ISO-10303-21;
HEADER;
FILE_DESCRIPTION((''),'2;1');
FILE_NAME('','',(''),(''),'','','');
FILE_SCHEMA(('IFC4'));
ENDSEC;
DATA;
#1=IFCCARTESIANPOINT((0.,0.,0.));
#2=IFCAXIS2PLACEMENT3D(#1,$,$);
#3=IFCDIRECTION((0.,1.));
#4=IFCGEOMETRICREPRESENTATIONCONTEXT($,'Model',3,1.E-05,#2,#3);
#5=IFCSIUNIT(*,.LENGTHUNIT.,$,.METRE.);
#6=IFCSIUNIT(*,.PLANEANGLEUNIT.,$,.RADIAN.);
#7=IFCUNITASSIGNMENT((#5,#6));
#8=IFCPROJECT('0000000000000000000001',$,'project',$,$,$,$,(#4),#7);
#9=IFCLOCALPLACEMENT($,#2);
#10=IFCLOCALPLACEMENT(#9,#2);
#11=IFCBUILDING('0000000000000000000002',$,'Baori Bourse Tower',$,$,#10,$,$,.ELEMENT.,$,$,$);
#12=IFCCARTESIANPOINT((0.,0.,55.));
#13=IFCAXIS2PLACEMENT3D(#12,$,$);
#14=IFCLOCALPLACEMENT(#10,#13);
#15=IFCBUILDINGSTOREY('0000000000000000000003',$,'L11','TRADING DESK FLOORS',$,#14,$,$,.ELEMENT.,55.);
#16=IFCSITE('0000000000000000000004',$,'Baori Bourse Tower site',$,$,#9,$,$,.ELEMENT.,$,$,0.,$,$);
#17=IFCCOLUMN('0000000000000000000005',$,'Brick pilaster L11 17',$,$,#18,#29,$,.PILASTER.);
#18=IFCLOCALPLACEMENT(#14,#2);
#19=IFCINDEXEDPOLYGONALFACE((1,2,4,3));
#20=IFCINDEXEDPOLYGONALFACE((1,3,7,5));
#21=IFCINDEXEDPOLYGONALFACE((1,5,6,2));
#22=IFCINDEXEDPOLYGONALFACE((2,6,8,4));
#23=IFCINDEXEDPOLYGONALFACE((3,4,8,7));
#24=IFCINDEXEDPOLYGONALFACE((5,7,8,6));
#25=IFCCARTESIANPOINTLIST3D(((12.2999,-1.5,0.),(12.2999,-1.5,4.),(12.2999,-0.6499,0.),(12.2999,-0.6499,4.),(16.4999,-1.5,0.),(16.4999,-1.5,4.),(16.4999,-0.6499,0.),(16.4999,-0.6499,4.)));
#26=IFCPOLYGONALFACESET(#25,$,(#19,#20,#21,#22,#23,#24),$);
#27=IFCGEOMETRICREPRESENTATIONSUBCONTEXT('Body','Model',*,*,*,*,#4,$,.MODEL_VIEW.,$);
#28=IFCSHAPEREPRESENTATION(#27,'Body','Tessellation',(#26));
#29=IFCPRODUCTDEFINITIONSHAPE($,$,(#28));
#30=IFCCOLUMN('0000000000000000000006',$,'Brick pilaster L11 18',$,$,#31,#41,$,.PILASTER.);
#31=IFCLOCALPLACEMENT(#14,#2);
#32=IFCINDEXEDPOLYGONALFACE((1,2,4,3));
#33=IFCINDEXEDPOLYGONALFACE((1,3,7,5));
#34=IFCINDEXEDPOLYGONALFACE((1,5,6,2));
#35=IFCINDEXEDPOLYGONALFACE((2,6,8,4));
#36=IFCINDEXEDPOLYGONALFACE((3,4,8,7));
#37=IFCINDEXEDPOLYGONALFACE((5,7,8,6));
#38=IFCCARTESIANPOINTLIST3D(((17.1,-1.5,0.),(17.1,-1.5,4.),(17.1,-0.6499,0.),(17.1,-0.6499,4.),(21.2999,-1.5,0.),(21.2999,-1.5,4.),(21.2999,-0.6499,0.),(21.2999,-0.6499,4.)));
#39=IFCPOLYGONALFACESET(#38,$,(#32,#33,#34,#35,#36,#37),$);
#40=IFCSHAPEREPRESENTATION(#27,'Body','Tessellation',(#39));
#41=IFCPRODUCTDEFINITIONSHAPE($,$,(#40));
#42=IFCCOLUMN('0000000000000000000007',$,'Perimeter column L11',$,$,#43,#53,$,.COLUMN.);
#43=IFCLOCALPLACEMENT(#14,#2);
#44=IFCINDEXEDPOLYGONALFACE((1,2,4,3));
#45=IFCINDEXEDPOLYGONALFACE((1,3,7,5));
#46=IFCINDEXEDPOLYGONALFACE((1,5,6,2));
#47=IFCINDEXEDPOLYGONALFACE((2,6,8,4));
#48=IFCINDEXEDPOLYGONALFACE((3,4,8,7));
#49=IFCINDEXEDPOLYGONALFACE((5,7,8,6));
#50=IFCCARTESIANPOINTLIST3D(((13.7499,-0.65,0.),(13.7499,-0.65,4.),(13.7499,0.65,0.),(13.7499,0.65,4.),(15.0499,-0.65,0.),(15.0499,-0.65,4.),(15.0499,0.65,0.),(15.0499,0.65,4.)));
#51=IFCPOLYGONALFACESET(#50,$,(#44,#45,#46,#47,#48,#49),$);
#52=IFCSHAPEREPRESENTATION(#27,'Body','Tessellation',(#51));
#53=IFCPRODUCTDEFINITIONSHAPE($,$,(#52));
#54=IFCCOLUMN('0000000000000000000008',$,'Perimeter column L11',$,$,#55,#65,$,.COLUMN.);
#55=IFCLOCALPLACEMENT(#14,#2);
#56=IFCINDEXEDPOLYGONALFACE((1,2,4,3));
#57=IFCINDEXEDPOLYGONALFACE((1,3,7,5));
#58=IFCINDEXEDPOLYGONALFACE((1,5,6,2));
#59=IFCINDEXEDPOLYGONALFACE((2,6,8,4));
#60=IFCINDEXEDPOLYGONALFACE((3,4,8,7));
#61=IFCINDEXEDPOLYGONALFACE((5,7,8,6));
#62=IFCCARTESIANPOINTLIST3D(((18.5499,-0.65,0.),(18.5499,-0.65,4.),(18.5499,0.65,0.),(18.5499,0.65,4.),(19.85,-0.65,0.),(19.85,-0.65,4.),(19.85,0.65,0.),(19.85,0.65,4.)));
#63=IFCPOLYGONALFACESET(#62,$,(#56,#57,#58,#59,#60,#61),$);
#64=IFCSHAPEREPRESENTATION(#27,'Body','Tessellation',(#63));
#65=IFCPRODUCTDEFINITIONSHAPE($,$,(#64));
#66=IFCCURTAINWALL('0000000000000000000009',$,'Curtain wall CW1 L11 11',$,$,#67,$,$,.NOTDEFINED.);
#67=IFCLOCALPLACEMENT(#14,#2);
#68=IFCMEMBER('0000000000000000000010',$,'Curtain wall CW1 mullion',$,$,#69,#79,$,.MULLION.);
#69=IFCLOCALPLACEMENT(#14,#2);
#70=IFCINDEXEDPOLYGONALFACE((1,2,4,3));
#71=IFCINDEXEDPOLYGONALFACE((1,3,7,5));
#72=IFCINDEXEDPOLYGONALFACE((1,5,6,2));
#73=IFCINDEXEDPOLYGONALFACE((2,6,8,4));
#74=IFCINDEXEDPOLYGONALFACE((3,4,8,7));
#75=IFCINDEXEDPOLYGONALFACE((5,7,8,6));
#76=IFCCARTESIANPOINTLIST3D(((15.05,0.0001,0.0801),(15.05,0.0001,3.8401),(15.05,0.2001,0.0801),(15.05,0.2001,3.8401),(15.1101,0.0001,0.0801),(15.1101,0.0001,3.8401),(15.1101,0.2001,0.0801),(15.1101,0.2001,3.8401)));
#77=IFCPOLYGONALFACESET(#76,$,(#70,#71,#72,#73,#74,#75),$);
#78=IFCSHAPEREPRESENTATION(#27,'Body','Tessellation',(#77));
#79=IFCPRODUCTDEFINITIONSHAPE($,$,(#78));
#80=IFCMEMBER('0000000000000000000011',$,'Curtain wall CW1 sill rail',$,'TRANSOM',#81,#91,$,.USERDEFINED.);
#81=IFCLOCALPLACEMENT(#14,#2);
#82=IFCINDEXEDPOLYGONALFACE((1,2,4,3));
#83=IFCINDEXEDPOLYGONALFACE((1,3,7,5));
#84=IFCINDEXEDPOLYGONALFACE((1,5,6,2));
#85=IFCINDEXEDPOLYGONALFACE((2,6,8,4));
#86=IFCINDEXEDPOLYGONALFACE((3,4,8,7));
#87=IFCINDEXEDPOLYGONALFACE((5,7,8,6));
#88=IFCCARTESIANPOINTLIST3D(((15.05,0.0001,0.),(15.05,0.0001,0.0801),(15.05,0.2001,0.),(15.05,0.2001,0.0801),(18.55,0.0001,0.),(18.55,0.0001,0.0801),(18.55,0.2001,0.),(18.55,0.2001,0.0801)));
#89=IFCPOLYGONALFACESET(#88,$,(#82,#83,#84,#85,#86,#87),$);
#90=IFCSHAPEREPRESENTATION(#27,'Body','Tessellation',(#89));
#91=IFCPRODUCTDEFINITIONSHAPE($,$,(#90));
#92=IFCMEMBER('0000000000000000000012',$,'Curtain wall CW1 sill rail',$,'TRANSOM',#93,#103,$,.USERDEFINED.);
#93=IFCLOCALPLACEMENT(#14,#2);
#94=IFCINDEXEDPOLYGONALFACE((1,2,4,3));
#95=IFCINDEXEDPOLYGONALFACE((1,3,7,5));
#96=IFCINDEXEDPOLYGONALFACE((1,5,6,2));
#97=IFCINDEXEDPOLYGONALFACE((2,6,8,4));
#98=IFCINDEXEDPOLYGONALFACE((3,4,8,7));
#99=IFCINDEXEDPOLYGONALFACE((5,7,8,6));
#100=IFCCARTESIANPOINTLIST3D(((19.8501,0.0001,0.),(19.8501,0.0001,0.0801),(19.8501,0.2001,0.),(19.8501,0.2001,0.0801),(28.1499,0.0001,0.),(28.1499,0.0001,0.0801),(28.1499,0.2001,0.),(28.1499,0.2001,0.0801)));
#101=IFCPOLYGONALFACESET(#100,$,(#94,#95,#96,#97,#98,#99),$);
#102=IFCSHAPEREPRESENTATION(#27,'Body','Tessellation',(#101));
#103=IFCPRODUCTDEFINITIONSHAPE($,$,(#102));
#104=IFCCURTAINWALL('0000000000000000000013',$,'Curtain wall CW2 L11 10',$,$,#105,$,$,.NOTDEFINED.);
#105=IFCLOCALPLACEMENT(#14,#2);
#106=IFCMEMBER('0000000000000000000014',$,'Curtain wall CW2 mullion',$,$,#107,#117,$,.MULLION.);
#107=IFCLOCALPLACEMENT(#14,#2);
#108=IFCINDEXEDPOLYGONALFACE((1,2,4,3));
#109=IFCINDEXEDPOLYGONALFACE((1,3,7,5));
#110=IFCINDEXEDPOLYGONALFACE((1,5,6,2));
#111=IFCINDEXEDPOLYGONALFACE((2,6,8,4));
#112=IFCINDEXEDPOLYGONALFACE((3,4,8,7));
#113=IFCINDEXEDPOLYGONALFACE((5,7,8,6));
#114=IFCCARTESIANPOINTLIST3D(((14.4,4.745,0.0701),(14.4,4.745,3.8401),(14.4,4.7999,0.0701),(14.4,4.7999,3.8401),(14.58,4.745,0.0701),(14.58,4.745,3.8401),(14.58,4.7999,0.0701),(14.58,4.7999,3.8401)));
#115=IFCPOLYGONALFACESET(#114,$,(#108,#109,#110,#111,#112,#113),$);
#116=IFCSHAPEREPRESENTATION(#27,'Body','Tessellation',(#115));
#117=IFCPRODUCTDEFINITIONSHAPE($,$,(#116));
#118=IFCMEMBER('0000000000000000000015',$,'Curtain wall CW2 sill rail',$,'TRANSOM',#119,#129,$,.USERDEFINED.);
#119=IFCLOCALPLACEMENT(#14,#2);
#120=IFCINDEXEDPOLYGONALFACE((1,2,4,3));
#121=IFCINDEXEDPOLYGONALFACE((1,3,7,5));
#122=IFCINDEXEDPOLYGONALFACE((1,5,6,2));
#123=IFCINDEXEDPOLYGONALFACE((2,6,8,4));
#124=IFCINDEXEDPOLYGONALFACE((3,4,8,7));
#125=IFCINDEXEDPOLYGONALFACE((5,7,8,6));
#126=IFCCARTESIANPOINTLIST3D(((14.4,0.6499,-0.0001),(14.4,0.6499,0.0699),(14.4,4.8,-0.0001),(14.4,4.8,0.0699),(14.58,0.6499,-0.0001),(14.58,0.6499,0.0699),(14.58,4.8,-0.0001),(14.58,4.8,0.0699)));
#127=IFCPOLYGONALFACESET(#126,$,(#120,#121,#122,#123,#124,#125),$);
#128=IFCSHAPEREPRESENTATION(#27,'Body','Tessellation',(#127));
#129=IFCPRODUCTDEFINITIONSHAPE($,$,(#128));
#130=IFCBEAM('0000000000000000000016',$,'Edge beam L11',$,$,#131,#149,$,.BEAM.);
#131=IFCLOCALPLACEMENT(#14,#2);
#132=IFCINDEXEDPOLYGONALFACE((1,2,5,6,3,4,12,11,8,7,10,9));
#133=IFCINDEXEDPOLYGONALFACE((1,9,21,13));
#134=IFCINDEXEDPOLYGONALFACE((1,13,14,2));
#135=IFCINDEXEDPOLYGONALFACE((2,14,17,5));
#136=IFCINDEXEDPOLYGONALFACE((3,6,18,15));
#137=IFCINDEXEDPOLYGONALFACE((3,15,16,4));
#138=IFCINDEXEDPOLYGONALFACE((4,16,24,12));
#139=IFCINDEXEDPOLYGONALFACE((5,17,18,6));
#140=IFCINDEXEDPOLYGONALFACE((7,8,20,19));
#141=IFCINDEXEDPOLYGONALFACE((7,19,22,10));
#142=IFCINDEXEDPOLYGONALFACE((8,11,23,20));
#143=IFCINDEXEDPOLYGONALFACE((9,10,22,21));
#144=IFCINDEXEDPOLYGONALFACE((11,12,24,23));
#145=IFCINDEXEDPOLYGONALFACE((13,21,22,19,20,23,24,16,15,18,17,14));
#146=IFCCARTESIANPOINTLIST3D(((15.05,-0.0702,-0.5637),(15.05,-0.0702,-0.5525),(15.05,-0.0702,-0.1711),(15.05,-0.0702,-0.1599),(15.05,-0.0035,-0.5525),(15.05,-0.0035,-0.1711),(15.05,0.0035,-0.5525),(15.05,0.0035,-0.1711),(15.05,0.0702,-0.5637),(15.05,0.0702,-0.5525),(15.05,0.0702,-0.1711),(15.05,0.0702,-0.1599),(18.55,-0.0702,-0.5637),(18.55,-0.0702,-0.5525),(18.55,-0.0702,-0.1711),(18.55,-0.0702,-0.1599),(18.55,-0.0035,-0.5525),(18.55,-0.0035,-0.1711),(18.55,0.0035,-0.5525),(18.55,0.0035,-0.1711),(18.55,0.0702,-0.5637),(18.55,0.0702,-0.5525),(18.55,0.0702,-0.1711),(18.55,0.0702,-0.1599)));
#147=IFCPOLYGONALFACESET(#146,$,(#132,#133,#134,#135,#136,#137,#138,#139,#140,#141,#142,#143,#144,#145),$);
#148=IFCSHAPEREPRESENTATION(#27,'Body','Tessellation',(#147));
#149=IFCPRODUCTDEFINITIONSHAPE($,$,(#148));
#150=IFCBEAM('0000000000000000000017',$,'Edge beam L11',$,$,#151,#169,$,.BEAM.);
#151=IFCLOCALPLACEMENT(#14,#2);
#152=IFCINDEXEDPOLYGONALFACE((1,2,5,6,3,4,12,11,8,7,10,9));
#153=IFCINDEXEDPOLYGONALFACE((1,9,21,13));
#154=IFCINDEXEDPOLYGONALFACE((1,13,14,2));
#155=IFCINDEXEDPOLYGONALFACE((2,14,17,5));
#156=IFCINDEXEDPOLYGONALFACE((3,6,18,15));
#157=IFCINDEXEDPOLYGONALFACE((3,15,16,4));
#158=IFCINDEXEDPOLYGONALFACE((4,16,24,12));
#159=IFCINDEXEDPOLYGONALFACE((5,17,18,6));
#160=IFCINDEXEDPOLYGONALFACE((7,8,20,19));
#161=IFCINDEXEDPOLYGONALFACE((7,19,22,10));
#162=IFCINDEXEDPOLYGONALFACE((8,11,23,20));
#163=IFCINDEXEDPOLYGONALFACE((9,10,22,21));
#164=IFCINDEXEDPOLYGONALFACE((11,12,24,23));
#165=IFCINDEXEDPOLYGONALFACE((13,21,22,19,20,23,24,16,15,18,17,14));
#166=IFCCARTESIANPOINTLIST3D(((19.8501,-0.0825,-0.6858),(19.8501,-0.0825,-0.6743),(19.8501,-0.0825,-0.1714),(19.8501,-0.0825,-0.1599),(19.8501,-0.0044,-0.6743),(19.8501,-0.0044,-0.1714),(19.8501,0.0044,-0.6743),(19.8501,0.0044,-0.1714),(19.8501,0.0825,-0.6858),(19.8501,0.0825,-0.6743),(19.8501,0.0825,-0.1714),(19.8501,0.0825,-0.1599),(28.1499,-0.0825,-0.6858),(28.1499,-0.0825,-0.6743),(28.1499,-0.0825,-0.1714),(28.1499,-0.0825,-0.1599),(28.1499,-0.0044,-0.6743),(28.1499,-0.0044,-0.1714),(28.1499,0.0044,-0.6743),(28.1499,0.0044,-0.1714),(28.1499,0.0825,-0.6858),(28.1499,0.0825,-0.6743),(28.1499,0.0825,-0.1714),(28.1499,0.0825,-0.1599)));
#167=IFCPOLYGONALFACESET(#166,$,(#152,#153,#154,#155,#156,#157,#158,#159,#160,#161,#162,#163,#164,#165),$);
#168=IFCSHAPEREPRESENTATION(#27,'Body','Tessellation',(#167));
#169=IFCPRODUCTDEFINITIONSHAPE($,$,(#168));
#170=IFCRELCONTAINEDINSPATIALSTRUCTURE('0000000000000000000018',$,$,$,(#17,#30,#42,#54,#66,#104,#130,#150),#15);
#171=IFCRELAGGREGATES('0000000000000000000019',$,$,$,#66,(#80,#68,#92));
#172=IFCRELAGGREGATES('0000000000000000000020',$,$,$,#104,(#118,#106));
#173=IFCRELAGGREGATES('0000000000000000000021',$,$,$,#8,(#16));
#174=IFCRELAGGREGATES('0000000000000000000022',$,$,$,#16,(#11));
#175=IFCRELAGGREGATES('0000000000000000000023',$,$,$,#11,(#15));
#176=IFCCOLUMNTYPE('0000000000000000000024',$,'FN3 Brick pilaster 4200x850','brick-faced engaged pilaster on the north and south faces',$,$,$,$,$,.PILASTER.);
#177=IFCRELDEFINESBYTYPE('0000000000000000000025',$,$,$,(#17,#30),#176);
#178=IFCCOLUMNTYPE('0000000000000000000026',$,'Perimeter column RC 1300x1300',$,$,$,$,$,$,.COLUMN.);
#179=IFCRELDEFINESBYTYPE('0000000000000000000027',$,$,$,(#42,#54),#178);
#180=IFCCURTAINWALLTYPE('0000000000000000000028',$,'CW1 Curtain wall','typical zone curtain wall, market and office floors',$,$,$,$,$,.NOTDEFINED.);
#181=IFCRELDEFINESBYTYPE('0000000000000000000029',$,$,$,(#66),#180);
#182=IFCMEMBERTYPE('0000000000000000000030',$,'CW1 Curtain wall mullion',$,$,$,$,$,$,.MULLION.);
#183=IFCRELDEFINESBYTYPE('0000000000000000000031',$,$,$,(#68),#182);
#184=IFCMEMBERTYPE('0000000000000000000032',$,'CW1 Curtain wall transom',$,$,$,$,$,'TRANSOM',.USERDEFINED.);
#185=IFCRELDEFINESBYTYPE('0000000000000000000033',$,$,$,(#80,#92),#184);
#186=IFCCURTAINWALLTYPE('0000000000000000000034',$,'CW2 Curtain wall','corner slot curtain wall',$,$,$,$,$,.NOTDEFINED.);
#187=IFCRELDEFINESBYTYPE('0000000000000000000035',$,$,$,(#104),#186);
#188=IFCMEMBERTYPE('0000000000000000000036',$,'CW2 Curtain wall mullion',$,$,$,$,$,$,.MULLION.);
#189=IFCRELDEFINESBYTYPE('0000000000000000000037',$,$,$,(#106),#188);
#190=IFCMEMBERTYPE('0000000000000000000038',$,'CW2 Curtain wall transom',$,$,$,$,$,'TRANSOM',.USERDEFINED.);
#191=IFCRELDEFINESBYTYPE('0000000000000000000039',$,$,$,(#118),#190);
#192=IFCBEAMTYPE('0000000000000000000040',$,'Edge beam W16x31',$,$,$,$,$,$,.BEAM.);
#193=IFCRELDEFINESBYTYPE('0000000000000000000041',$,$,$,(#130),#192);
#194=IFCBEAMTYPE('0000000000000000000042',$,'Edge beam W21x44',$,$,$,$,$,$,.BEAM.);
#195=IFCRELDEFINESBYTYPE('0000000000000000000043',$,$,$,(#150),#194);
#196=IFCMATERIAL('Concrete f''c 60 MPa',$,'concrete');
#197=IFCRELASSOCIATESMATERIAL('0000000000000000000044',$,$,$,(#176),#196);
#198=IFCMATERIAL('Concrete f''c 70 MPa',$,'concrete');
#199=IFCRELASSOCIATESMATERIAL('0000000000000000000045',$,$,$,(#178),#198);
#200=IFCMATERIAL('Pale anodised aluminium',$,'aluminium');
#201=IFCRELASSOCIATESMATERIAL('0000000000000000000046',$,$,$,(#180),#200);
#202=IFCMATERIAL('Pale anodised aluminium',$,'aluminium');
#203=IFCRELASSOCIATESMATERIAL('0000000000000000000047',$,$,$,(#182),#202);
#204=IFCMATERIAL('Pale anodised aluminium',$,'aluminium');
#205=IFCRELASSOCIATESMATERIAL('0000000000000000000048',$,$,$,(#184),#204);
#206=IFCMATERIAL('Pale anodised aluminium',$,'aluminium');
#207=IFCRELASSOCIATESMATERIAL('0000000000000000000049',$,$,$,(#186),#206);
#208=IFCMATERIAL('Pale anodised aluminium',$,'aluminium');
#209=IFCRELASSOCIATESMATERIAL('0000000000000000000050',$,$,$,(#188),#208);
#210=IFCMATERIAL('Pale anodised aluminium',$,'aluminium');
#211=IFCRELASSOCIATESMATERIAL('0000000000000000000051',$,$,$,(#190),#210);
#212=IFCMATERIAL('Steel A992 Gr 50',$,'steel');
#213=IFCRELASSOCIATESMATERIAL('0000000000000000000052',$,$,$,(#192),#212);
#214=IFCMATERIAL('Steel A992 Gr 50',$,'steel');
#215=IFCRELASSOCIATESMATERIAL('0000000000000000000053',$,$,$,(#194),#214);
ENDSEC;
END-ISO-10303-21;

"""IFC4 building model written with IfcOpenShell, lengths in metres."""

from ifc_helpers import new_model, si_unit, direction, frame, origin, origin_2d, place, context, subcontext, project, spatial, rectangle, i_section, extrude, material, material_profile, profile_set, type_object, element, aggregate, save


model = new_model("IFC4")

# Units and contexts
model_context = context("Model", 3, precision=1e-05, world=origin(), true_north=direction((0.0, 1.0)))
body_context = subcontext(model_context, "Body", "Model", "MODEL_VIEW")
ifc_project = project(units=[si_unit("LENGTHUNIT", "METRE"), si_unit("PLANEANGLEUNIT", "RADIAN")], contexts=[model_context])

# Site, building, storey
site_placement = place(None, origin())
site = spatial("IfcSite", under=ifc_project, at=site_placement, Name="Baori Bourse Tower site", CompositionType="ELEMENT", RefElevation=0.0)
building_placement = place(site_placement, origin())
building = spatial("IfcBuilding", under=site, at=building_placement, Name="Baori Bourse Tower", CompositionType="ELEMENT")
storey_placement = place(building_placement, frame((0.0, 0.0, 55.0)))
storey = spatial("IfcBuildingStorey", under=building, at=storey_placement, Name="L11", Description="TRADING DESK FLOORS", CompositionType="ELEMENT", Elevation=55.0)

# Columns
ifc_material_1 = material(Name="Concrete f'c 60 MPa", Category="concrete")
ifc_material_profile_1 = material_profile(ifc_material_1, rectangle(XDim=4.2, YDim=0.8501, at=origin_2d()), Name="RC 4200x850")
ifc_profile_set_1 = profile_set([ifc_material_profile_1], Name="Concrete f'c 60 MPa")
column_type_1 = type_object("IfcColumnType", Name="FN3 Brick pilaster 4200x850", Description="brick-faced engaged pilaster on the north and south faces", PredefinedType="PILASTER", material=ifc_profile_set_1)
for number, where, z_axis, x_axis, name in (
    (1, (14.3999, -1.075, 0.0), (0.0, 0.0, 1.0), (1.0, 0.0, 0.0), "Brick pilaster L11 17"),
    (2, (19.2, -1.075, 0.0), (0.0, 0.0, 1.0), (1.0, 0.0, 0.0), "Brick pilaster L11 18"),
):
    element("IfcColumn", number, at=place(storey_placement, frame(where, z_axis=z_axis, x_axis=x_axis)), inside=storey, type_object=column_type_1, Name=name, PredefinedType="PILASTER", context=body_context, shape_type="SweptSolid", body=[
        extrude(rectangle(XDim=4.2, YDim=0.8501, at=origin_2d()), origin(), (0.0, 0.0, 1.0), 4.0),
    ])
ifc_material_2 = material(Name="Concrete f'c 70 MPa", Category="concrete")
ifc_material_profile_2 = material_profile(ifc_material_2, rectangle(XDim=1.3, YDim=1.3, at=origin_2d()), Name="RC 1300x1300")
ifc_profile_set_2 = profile_set([ifc_material_profile_2], Name="Concrete f'c 70 MPa")
column_type_2 = type_object("IfcColumnType", Name="Perimeter column RC 1300x1300", PredefinedType="COLUMN", material=ifc_profile_set_2)
for number, where, z_axis, x_axis, name in (
    (3, (14.3999, 0.0, 0.0), (0.0, 0.0, 1.0), (1.0, 0.0, 0.0), "Perimeter column L11"),
    (4, (19.2, 0.0, 0.0), (0.0, 0.0, 1.0), (1.0, 0.0, 0.0), "Perimeter column L11"),
):
    element("IfcColumn", number, at=place(storey_placement, frame(where, z_axis=z_axis, x_axis=x_axis)), inside=storey, type_object=column_type_2, Name=name, PredefinedType="COLUMN", context=body_context, shape_type="SweptSolid", body=[
        extrude(rectangle(XDim=1.3, YDim=1.3, at=origin_2d()), origin(), (0.0, 0.0, 1.0), 4.0),
    ])

# Curtain walls, members
ifc_material_3 = material(Name="Pale anodised aluminium", Category="aluminium")
curtain_wall_type_1 = type_object("IfcCurtainWallType", Name="CW1 Curtain wall", Description="typical zone curtain wall, market and office floors", PredefinedType="NOTDEFINED", material=ifc_material_3)
curtain_wall_1_placement = place(storey_placement, origin())
curtain_wall_1 = element("IfcCurtainWall", 5, at=curtain_wall_1_placement, inside=storey, type_object=curtain_wall_type_1, Name="Curtain wall CW1 L11 11", PredefinedType="NOTDEFINED")
ifc_material_4 = material(Name="Pale anodised aluminium", Category="aluminium")
ifc_material_profile_3 = material_profile(ifc_material_4, rectangle(XDim=0.2, YDim=0.0601, at=origin_2d()), Name="Mullion 60x200")
ifc_profile_set_3 = profile_set([ifc_material_profile_3], Name="Pale anodised aluminium")
member_type_1 = type_object("IfcMemberType", Name="CW1 Curtain wall mullion", PredefinedType="MULLION", material=ifc_profile_set_3)
member_1_placement = place(storey_placement, frame((15.0801, 0.1001, 0.0801), z_axis=(0.0, 0.0, 1.0), x_axis=(0.0, 1.0, 0.0)))
member_1 = element("IfcMember", 6, at=member_1_placement, type_object=member_type_1, Name="Curtain wall CW1 mullion", PredefinedType="MULLION", context=body_context, shape_type="SweptSolid", body=[
    extrude(rectangle(XDim=0.2, YDim=0.0601, at=origin_2d()), origin(), (0.0, 0.0, 1.0), 3.76),
])
ifc_material_5 = material(Name="Pale anodised aluminium", Category="aluminium")
ifc_material_profile_4 = material_profile(ifc_material_5, rectangle(XDim=0.2, YDim=0.0801, at=origin_2d()), Name="Transom 80x200")
ifc_profile_set_4 = profile_set([ifc_material_profile_4], Name="Pale anodised aluminium")
member_type_2 = type_object("IfcMemberType", Name="CW1 Curtain wall transom", ElementType="TRANSOM", PredefinedType="USERDEFINED", material=ifc_profile_set_4)
member_2_placement = place(storey_placement, frame((15.05, 0.1001, 0.04), z_axis=(1.0, 0.0, 0.0), x_axis=(0.0, 1.0, 0.0)))
member_2 = element("IfcMember", 7, at=member_2_placement, type_object=member_type_2, Name="Curtain wall CW1 sill rail", ObjectType="TRANSOM", PredefinedType="USERDEFINED", context=body_context, shape_type="SweptSolid", body=[
    extrude(rectangle(XDim=0.2, YDim=0.0801, at=origin_2d()), origin(), (0.0, 0.0, 1.0), 3.5),
])
member_3_placement = place(storey_placement, frame((19.8501, 0.1001, 0.04), z_axis=(1.0, 0.0, 0.0), x_axis=(0.0, 1.0, 0.0)))
member_3 = element("IfcMember", 8, at=member_3_placement, type_object=member_type_2, Name="Curtain wall CW1 sill rail", ObjectType="TRANSOM", PredefinedType="USERDEFINED", context=body_context, shape_type="SweptSolid", body=[
    extrude(rectangle(XDim=0.2, YDim=0.0801, at=origin_2d()), origin(), (0.0, 0.0, 1.0), 8.2998),
])
ifc_material_6 = material(Name="Pale anodised aluminium", Category="aluminium")
curtain_wall_type_2 = type_object("IfcCurtainWallType", Name="CW2 Curtain wall", Description="corner slot curtain wall", PredefinedType="NOTDEFINED", material=ifc_material_6)
curtain_wall_2_placement = place(storey_placement, origin())
curtain_wall_2 = element("IfcCurtainWall", 9, at=curtain_wall_2_placement, inside=storey, type_object=curtain_wall_type_2, Name="Curtain wall CW2 L11 10", PredefinedType="NOTDEFINED")
ifc_material_7 = material(Name="Pale anodised aluminium", Category="aluminium")
ifc_material_profile_5 = material_profile(ifc_material_7, rectangle(XDim=0.1799, YDim=0.0549, at=origin_2d()), Name="Mullion 55x180")
ifc_profile_set_5 = profile_set([ifc_material_profile_5], Name="Pale anodised aluminium")
member_type_3 = type_object("IfcMemberType", Name="CW2 Curtain wall mullion", PredefinedType="MULLION", material=ifc_profile_set_5)
member_4_placement = place(storey_placement, frame((14.49, 4.7725, 0.0701), z_axis=(0.0, 0.0, 1.0), x_axis=(1.0, 0.0, 0.0)))
member_4 = element("IfcMember", 10, at=member_4_placement, type_object=member_type_3, Name="Curtain wall CW2 mullion", PredefinedType="MULLION", context=body_context, shape_type="SweptSolid", body=[
    extrude(rectangle(XDim=0.1799, YDim=0.0549, at=origin_2d()), origin(), (0.0, 0.0, 1.0), 3.77),
])
ifc_material_8 = material(Name="Pale anodised aluminium", Category="aluminium")
ifc_material_profile_6 = material_profile(ifc_material_8, rectangle(XDim=0.1799, YDim=0.0701, at=origin_2d()), Name="Transom 70x180")
ifc_profile_set_6 = profile_set([ifc_material_profile_6], Name="Pale anodised aluminium")
member_type_4 = type_object("IfcMemberType", Name="CW2 Curtain wall transom", ElementType="TRANSOM", PredefinedType="USERDEFINED", material=ifc_profile_set_6)
member_5_placement = place(storey_placement, frame((14.49, 4.8, 0.0349), z_axis=(0.0, -1.0, 0.0), x_axis=(1.0, 0.0, 0.0)))
member_5 = element("IfcMember", 11, at=member_5_placement, type_object=member_type_4, Name="Curtain wall CW2 sill rail", ObjectType="TRANSOM", PredefinedType="USERDEFINED", context=body_context, shape_type="SweptSolid", body=[
    extrude(rectangle(XDim=0.1799, YDim=0.0701, at=origin_2d()), origin(), (0.0, 0.0, 1.0), 4.1501),
])

# Beams
ifc_material_9 = material(Name="Steel A992 Gr 50", Category="steel")
ifc_material_profile_7 = material_profile(ifc_material_9, i_section(OverallWidth=0.1404, OverallDepth=0.4038, WebThickness=0.0071, FlangeThickness=0.0112, at=origin_2d()), Name="W16x31")
ifc_profile_set_7 = profile_set([ifc_material_profile_7], Name="Steel A992 Gr 50")
beam_type_1 = type_object("IfcBeamType", Name="Edge beam W16x31", PredefinedType="BEAM", material=ifc_profile_set_7)
beam_1_placement = place(storey_placement, frame((15.05, 0.0, -0.3618), z_axis=(1.0, 0.0, 0.0), x_axis=(0.0, 1.0, 0.0)))
element("IfcBeam", 12, at=beam_1_placement, inside=storey, type_object=beam_type_1, Name="Edge beam L11", PredefinedType="BEAM", context=body_context, shape_type="SweptSolid", body=[
    extrude(i_section(OverallWidth=0.1404, OverallDepth=0.4038, WebThickness=0.0071, FlangeThickness=0.0112, at=origin_2d()), origin(), (0.0, 0.0, 1.0), 3.5),
])
ifc_material_10 = material(Name="Steel A992 Gr 50", Category="steel")
ifc_material_profile_8 = material_profile(ifc_material_10, i_section(OverallWidth=0.165, OverallDepth=0.5259, WebThickness=0.0088, FlangeThickness=0.0115, at=origin_2d()), Name="W21x44")
ifc_profile_set_8 = profile_set([ifc_material_profile_8], Name="Steel A992 Gr 50")
beam_type_2 = type_object("IfcBeamType", Name="Edge beam W21x44", PredefinedType="BEAM", material=ifc_profile_set_8)
beam_2_placement = place(storey_placement, frame((19.8501, 0.0, -0.4229), z_axis=(1.0, 0.0, 0.0), x_axis=(0.0, 1.0, 0.0)))
element("IfcBeam", 13, at=beam_2_placement, inside=storey, type_object=beam_type_2, Name="Edge beam L11", PredefinedType="BEAM", context=body_context, shape_type="SweptSolid", body=[
    extrude(i_section(OverallWidth=0.165, OverallDepth=0.5259, WebThickness=0.0088, FlangeThickness=0.0115, at=origin_2d()), origin(), (0.0, 0.0, 1.0), 8.2998),
])

aggregate(curtain_wall_1, [member_2, member_1, member_3])
aggregate(curtain_wall_2, [member_5, member_4])

save(model, "model.ifc")
